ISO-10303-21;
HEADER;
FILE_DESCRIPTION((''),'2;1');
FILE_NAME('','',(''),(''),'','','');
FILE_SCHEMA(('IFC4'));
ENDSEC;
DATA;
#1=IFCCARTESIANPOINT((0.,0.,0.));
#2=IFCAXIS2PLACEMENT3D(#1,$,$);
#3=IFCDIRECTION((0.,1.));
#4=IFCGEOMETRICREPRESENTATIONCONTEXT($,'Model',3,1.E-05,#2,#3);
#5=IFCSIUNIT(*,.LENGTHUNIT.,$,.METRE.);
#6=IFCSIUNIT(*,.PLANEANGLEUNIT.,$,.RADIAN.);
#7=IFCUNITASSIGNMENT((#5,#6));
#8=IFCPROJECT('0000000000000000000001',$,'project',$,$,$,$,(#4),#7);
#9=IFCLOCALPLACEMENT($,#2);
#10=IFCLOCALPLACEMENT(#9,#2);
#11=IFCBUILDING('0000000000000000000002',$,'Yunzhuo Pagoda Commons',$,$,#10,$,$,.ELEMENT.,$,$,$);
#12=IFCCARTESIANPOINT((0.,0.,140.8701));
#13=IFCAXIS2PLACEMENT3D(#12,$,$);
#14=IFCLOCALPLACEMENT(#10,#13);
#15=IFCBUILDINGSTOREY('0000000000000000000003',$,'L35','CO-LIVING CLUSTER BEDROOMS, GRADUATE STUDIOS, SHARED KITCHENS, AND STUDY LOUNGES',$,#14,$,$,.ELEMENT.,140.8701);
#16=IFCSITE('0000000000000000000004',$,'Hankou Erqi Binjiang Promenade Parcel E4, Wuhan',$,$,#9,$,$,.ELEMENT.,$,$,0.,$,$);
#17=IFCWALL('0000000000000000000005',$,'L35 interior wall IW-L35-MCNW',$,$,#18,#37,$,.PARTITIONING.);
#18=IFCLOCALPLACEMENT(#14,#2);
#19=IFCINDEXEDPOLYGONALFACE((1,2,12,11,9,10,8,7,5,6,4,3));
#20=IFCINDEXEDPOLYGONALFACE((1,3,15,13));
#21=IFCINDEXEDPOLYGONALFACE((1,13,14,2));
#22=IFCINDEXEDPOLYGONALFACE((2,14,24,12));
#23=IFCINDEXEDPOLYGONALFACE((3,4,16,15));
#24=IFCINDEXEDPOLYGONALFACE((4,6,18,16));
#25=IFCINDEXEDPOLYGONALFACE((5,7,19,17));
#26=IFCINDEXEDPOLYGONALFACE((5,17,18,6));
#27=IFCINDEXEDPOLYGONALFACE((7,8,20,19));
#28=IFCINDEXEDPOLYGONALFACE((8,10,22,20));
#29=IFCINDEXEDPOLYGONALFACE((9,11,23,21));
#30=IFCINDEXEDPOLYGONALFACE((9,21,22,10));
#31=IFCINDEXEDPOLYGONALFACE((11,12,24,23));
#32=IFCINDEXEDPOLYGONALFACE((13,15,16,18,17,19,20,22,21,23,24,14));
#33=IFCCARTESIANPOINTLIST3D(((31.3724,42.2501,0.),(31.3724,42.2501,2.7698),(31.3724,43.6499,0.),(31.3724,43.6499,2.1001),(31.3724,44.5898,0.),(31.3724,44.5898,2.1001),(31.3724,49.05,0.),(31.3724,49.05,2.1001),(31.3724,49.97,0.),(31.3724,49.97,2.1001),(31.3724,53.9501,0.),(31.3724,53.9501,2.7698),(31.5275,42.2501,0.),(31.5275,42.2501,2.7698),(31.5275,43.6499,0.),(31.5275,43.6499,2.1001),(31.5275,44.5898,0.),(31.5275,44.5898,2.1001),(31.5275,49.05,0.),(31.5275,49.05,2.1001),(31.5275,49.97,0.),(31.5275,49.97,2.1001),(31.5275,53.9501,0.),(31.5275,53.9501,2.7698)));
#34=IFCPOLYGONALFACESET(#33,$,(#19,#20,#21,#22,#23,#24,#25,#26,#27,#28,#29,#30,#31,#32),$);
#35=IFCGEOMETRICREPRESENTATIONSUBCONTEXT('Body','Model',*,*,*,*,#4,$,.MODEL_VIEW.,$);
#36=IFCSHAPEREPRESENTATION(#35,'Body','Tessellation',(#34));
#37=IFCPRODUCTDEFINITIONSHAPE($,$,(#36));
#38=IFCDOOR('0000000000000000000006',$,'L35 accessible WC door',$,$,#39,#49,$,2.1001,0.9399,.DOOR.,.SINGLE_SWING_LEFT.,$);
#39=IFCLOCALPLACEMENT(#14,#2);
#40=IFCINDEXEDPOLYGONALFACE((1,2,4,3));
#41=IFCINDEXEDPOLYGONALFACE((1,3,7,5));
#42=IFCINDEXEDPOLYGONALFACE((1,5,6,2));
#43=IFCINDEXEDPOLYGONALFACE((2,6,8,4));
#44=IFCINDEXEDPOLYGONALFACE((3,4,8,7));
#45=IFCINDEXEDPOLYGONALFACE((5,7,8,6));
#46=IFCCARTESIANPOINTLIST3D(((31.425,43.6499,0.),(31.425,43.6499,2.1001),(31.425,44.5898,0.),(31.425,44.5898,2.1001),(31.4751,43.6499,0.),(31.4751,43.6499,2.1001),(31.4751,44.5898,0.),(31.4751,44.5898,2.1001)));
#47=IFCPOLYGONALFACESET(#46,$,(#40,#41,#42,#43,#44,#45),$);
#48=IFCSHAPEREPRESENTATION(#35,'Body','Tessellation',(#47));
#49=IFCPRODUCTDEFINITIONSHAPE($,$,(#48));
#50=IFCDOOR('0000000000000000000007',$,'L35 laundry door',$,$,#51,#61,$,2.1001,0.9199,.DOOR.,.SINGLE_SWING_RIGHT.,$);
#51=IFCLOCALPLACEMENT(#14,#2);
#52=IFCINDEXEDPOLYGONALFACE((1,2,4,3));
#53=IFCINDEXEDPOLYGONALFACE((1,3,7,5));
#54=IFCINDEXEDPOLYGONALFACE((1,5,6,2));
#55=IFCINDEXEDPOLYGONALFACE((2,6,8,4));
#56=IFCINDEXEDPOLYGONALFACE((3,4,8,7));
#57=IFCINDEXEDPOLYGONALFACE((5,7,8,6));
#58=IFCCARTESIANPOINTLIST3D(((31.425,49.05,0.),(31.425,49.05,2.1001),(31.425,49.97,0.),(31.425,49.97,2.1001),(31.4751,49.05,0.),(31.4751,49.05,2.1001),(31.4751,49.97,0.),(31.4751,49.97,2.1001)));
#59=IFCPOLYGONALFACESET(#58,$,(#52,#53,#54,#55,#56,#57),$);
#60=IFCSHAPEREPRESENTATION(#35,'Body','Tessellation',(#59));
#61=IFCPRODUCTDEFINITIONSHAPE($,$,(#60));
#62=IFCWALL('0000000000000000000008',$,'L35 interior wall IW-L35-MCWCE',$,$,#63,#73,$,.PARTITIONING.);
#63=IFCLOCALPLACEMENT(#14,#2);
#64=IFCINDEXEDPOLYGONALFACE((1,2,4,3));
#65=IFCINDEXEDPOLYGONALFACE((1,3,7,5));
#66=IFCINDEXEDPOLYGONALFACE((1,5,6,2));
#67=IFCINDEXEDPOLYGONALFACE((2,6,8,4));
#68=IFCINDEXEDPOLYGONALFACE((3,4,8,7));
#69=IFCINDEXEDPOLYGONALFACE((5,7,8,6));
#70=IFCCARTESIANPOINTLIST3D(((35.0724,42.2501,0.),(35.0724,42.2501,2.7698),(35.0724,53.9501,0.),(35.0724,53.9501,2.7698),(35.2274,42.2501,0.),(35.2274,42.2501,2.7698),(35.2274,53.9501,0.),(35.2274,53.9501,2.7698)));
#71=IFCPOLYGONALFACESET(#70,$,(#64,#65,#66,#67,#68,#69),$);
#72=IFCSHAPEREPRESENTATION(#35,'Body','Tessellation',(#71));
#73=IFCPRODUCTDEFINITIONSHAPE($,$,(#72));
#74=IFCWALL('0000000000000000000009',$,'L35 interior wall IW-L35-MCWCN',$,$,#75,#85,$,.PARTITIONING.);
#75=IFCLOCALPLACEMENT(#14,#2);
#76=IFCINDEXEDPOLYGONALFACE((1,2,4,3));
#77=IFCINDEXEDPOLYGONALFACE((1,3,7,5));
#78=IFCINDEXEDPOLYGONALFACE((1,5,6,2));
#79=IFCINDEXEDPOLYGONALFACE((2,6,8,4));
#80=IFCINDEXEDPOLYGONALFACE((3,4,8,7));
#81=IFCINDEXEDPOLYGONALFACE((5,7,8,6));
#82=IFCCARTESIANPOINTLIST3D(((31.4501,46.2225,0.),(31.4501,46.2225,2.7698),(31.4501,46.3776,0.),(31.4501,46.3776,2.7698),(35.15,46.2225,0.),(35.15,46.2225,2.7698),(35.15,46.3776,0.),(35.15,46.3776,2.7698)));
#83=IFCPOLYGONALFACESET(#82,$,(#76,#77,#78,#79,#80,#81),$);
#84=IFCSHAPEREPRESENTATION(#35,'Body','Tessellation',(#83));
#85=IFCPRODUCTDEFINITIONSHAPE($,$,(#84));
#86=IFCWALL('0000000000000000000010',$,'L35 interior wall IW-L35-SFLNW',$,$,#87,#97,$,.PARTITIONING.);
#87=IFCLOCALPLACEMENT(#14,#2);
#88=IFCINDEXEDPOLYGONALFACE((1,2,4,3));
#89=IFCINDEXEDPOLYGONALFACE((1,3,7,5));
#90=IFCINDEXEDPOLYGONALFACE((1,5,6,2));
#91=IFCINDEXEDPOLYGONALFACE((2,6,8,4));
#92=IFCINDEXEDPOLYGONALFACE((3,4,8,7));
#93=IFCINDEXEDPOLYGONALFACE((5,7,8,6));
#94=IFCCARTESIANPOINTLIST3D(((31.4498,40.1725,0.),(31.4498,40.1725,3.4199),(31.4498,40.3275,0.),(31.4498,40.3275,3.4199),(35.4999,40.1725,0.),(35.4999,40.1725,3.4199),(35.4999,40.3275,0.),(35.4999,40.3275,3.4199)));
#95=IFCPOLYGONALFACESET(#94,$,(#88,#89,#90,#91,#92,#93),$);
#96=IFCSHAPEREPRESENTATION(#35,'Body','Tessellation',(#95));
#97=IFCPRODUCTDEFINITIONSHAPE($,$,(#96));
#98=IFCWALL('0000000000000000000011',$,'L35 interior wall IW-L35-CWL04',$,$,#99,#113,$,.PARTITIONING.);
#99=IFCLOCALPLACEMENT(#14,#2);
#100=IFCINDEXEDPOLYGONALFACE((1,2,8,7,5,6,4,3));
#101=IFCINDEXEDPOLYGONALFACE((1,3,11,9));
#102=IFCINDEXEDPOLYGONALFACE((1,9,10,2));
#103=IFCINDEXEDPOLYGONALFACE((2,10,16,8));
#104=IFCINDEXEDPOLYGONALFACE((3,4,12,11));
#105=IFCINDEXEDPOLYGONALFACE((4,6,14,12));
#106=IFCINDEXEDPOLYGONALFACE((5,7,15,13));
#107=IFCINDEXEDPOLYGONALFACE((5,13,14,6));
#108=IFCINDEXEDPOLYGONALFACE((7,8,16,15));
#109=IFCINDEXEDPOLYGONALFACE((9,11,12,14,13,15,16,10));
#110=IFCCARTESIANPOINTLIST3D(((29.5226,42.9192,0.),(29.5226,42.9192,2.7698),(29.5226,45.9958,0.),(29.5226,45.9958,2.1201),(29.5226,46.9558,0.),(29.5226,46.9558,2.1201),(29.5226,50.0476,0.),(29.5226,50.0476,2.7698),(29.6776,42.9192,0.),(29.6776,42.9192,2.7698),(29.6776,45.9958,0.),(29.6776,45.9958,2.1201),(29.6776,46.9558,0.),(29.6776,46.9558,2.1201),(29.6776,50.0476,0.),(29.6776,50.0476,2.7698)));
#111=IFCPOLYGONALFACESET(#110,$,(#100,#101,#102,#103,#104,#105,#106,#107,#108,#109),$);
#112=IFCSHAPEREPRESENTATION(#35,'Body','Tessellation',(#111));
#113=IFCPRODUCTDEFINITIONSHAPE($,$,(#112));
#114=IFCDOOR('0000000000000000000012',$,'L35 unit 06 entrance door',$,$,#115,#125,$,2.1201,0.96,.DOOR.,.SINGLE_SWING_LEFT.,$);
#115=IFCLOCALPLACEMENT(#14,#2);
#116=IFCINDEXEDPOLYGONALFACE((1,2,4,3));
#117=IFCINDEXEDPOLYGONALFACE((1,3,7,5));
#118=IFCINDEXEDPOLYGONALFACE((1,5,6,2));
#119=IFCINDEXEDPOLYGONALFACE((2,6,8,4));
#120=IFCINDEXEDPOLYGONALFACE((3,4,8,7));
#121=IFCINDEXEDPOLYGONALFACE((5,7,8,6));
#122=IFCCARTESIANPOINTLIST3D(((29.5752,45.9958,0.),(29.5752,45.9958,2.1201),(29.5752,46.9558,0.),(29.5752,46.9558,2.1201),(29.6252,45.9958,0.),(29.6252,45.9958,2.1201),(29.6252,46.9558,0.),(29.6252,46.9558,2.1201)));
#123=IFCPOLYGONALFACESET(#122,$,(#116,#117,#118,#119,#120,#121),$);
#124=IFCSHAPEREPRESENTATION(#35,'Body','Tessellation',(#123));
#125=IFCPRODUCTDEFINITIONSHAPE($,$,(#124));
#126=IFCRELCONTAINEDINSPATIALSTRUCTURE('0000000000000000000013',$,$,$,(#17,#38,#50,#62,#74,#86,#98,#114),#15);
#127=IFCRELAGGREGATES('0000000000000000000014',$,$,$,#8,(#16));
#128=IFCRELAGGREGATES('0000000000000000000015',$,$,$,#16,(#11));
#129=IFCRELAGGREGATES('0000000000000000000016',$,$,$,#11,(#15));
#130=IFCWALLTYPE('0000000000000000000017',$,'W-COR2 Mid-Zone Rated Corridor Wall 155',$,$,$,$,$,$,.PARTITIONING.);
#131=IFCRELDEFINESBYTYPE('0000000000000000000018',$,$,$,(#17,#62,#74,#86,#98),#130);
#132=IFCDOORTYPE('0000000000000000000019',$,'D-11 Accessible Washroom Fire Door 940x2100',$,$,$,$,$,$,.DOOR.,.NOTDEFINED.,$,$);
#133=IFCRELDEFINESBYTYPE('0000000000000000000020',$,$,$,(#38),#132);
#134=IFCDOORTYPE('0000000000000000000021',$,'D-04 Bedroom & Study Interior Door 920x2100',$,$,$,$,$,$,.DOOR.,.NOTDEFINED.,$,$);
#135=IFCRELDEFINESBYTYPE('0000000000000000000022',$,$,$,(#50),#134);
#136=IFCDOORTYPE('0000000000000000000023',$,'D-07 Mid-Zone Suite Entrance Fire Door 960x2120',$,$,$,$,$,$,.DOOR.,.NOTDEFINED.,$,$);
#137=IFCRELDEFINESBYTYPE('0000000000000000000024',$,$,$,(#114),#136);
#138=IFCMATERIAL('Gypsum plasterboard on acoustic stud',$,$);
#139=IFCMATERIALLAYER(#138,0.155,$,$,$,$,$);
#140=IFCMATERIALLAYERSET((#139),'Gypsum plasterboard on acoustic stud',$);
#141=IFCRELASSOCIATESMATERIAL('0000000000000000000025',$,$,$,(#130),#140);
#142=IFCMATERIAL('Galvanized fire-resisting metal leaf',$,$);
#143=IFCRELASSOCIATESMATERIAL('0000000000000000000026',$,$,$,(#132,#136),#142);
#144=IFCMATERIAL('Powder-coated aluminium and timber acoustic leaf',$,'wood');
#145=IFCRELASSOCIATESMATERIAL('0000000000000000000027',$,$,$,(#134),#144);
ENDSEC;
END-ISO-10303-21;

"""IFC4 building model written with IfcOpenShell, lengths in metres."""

from ifc_helpers import new_model, si_unit, direction, frame, frame_2d, origin, origin_with_axes, place, context, subcontext, project, spatial, rectangle, extrude, source, transform, mapped, material, layer, layer_set, type_object, element, fill, save


model = new_model("IFC4")

# Units and contexts
model_context = context("Model", 3, precision=1e-05, world=origin(), true_north=direction((0.0, 1.0)))
body_context = subcontext(model_context, "Body", "Model", "MODEL_VIEW")
ifc_project = project(units=[si_unit("LENGTHUNIT", "METRE"), si_unit("PLANEANGLEUNIT", "RADIAN")], contexts=[model_context])

# Site, building, storey
site_placement = place(None, origin())
site = spatial("IfcSite", under=ifc_project, at=site_placement, Name="Hankou Erqi Binjiang Promenade Parcel E4, Wuhan", CompositionType="ELEMENT", RefElevation=0.0)
building_placement = place(site_placement, origin())
building = spatial("IfcBuilding", under=site, at=building_placement, Name="Yunzhuo Pagoda Commons", CompositionType="ELEMENT")
storey_placement = place(building_placement, frame((0.0, 0.0, 140.8701)))
storey = spatial("IfcBuildingStorey", under=building, at=storey_placement, Name="L35", Description="CO-LIVING CLUSTER BEDROOMS, GRADUATE STUDIOS, SHARED KITCHENS, AND STUDY LOUNGES", CompositionType="ELEMENT", Elevation=140.8701)

# Shared definitions
ifc_material_1 = material(Name="Galvanized fire-resisting metal leaf")

# Shared definitions
ifc_material_2 = material(Name="Gypsum plasterboard on acoustic stud")
ifc_layer_1 = layer(ifc_material_2, 0.155)
ifc_layer_set_1 = layer_set([ifc_layer_1], Name="Gypsum plasterboard on acoustic stud")
wall_type_1 = type_object("IfcWallType", Name="W-COR2 Mid-Zone Rated Corridor Wall 155", PredefinedType="PARTITIONING", material=ifc_layer_set_1)

# Wall, openings, doors
wall_1_placement = place(storey_placement, frame((31.45, 42.25, 0.0), z_axis=(0.0, 0.0, 1.0), x_axis=(0.0, 1.0, 0.0)))
wall_1 = element("IfcWall", 1, at=wall_1_placement, inside=storey, type_object=wall_type_1, Name="L35 interior wall IW-L35-MCNW", PredefinedType="PARTITIONING", context=body_context, shape_type="SweptSolid", body=[
    extrude(rectangle(XDim=11.7, YDim=0.155, at=frame_2d((5.8501, 0.0))), origin(), (0.0, 0.0, 1.0), 2.7698),
])
opening_1_placement = place(wall_1_placement, frame((1.3999, 0.0, 0.0)))
opening_1 = element("IfcOpeningElement", 2, at=opening_1_placement, cuts=wall_1, PredefinedType="OPENING", context=body_context, shape_type="SweptSolid", body=[
    extrude(rectangle(XDim=0.9399, YDim=2.1001, at=frame_2d((0.47, 1.05))), frame((0.0, 0.0874, 0.0), z_axis=(0.0, -1.0, 0.0), x_axis=(1.0, 0.0, 0.0)), (0.0, 0.0, 1.0), 0.175),
])
opening_2_placement = place(wall_1_placement, frame((6.8, 0.0, 0.0)))
opening_2 = element("IfcOpeningElement", 3, at=opening_2_placement, cuts=wall_1, PredefinedType="OPENING", context=body_context, shape_type="SweptSolid", body=[
    extrude(rectangle(XDim=0.9199, YDim=2.1001, at=frame_2d((0.46, 1.05))), frame((0.0, 0.0874, 0.0), z_axis=(0.0, -1.0, 0.0), x_axis=(1.0, 0.0, 0.0)), (0.0, 0.0, 1.0), 0.175),
])
door_type_1 = type_object("IfcDoorType", Name="D-11 Accessible Washroom Fire Door 940x2100", OperationType="NOTDEFINED", PredefinedType="DOOR", material=ifc_material_1)
shared_shape_1 = source(origin(), body_context, "Body", "SweptSolid", [
    extrude(rectangle(XDim=0.9399, YDim=2.1001, at=frame_2d((0.47, 1.05))), frame((0.0, 0.0249, 0.0), z_axis=(0.0, -1.0, 0.0), x_axis=(1.0, 0.0, 0.0)), (0.0, 0.0, 1.0), 0.05),
])
door_1_placement = place(opening_1_placement, origin_with_axes())
door_1 = element("IfcDoor", 4, at=door_1_placement, inside=storey, type_object=door_type_1, Name="L35 accessible WC door", OperationType="SINGLE_SWING_LEFT", OverallHeight=2.1001, OverallWidth=0.9399, PredefinedType="DOOR", context=body_context, shape_type="MappedRepresentation", body=[
    mapped(shared_shape_1, transform((0.0, 0.0, 0.0), scale=1.0)),
])
fill(opening_1, door_1)
ifc_material_3 = material(Name="Powder-coated aluminium and timber acoustic leaf", Category="wood")
door_type_2 = type_object("IfcDoorType", Name="D-04 Bedroom & Study Interior Door 920x2100", OperationType="NOTDEFINED", PredefinedType="DOOR", material=ifc_material_3)
shared_shape_2 = source(origin(), body_context, "Body", "SweptSolid", [
    extrude(rectangle(XDim=0.9199, YDim=2.1001, at=frame_2d((0.46, 1.05))), frame((0.0, 0.0249, 0.0), z_axis=(0.0, -1.0, 0.0), x_axis=(1.0, 0.0, 0.0)), (0.0, 0.0, 1.0), 0.05),
])
door_2_placement = place(opening_2_placement, origin_with_axes())
door_2 = element("IfcDoor", 5, at=door_2_placement, inside=storey, type_object=door_type_2, Name="L35 laundry door", OperationType="SINGLE_SWING_RIGHT", OverallHeight=2.1001, OverallWidth=0.9199, PredefinedType="DOOR", context=body_context, shape_type="MappedRepresentation", body=[
    mapped(shared_shape_2, transform((0.0, 0.0, 0.0), scale=1.0)),
])
fill(opening_2, door_2)

# Walls
wall_2_placement = place(storey_placement, frame((35.1499, 42.25, 0.0), z_axis=(0.0, 0.0, 1.0), x_axis=(0.0, 1.0, 0.0)))
element("IfcWall", 6, at=wall_2_placement, inside=storey, type_object=wall_type_1, Name="L35 interior wall IW-L35-MCWCE", PredefinedType="PARTITIONING", context=body_context, shape_type="SweptSolid", body=[
    extrude(rectangle(XDim=11.7, YDim=0.155, at=frame_2d((5.8501, 0.0))), origin(), (0.0, 0.0, 1.0), 2.7698),
])
wall_3_placement = place(storey_placement, frame((31.45, 46.3, 0.0), z_axis=(0.0, 0.0, 1.0), x_axis=(1.0, 0.0, 0.0)))
element("IfcWall", 7, at=wall_3_placement, inside=storey, type_object=wall_type_1, Name="L35 interior wall IW-L35-MCWCN", PredefinedType="PARTITIONING", context=body_context, shape_type="SweptSolid", body=[
    extrude(rectangle(XDim=3.7, YDim=0.155, at=frame_2d((1.8501, 0.0))), origin(), (0.0, 0.0, 1.0), 2.7698),
])
wall_4_placement = place(storey_placement, frame((31.45, 40.25, 0.0), z_axis=(0.0, 0.0, 1.0), x_axis=(1.0, 0.0, 0.0)))
element("IfcWall", 8, at=wall_4_placement, inside=storey, type_object=wall_type_1, Name="L35 interior wall IW-L35-SFLNW", PredefinedType="PARTITIONING", context=body_context, shape_type="SweptSolid", body=[
    extrude(rectangle(XDim=4.05, YDim=0.155, at=frame_2d((2.0249, 0.0))), origin(), (0.0, 0.0, 1.0), 3.4199),
])

# Wall, opening, door
wall_5_placement = place(storey_placement, frame((29.6001, 42.9192, 0.0), z_axis=(0.0, 0.0, 1.0), x_axis=(0.0, 1.0, 0.0)))
wall_5 = element("IfcWall", 9, at=wall_5_placement, inside=storey, type_object=wall_type_1, Name="L35 interior wall IW-L35-CWL04", PredefinedType="PARTITIONING", context=body_context, shape_type="SweptSolid", body=[
    extrude(rectangle(XDim=7.1284, YDim=0.155, at=frame_2d((3.5642, 0.0))), origin(), (0.0, 0.0, 1.0), 2.7698),
])
opening_3_placement = place(wall_5_placement, frame((3.0767, 0.0, 0.0)))
opening_3 = element("IfcOpeningElement", 10, at=opening_3_placement, cuts=wall_5, PredefinedType="OPENING", context=body_context, shape_type="SweptSolid", body=[
    extrude(rectangle(XDim=0.96, YDim=2.1201, at=frame_2d((0.48, 1.0601))), frame((0.0, 0.0874, 0.0), z_axis=(0.0, -1.0, 0.0), x_axis=(1.0, 0.0, 0.0)), (0.0, 0.0, 1.0), 0.175),
])
door_type_3 = type_object("IfcDoorType", Name="D-07 Mid-Zone Suite Entrance Fire Door 960x2120", OperationType="NOTDEFINED", PredefinedType="DOOR", material=ifc_material_1)
shared_shape_3 = source(origin(), body_context, "Body", "SweptSolid", [
    extrude(rectangle(XDim=0.96, YDim=2.1201, at=frame_2d((0.48, 1.0601))), frame((0.0, 0.0249, 0.0), z_axis=(0.0, -1.0, 0.0), x_axis=(1.0, 0.0, 0.0)), (0.0, 0.0, 1.0), 0.05),
])
door_3_placement = place(opening_3_placement, origin_with_axes())
door_3 = element("IfcDoor", 11, at=door_3_placement, inside=storey, type_object=door_type_3, Name="L35 unit 06 entrance door", OperationType="SINGLE_SWING_LEFT", OverallHeight=2.1201, OverallWidth=0.96, PredefinedType="DOOR", context=body_context, shape_type="MappedRepresentation", body=[
    mapped(shared_shape_3, transform((0.0, 0.0, 0.0), scale=1.0)),
])
fill(opening_3, door_3)

save(model, "model.ifc")
